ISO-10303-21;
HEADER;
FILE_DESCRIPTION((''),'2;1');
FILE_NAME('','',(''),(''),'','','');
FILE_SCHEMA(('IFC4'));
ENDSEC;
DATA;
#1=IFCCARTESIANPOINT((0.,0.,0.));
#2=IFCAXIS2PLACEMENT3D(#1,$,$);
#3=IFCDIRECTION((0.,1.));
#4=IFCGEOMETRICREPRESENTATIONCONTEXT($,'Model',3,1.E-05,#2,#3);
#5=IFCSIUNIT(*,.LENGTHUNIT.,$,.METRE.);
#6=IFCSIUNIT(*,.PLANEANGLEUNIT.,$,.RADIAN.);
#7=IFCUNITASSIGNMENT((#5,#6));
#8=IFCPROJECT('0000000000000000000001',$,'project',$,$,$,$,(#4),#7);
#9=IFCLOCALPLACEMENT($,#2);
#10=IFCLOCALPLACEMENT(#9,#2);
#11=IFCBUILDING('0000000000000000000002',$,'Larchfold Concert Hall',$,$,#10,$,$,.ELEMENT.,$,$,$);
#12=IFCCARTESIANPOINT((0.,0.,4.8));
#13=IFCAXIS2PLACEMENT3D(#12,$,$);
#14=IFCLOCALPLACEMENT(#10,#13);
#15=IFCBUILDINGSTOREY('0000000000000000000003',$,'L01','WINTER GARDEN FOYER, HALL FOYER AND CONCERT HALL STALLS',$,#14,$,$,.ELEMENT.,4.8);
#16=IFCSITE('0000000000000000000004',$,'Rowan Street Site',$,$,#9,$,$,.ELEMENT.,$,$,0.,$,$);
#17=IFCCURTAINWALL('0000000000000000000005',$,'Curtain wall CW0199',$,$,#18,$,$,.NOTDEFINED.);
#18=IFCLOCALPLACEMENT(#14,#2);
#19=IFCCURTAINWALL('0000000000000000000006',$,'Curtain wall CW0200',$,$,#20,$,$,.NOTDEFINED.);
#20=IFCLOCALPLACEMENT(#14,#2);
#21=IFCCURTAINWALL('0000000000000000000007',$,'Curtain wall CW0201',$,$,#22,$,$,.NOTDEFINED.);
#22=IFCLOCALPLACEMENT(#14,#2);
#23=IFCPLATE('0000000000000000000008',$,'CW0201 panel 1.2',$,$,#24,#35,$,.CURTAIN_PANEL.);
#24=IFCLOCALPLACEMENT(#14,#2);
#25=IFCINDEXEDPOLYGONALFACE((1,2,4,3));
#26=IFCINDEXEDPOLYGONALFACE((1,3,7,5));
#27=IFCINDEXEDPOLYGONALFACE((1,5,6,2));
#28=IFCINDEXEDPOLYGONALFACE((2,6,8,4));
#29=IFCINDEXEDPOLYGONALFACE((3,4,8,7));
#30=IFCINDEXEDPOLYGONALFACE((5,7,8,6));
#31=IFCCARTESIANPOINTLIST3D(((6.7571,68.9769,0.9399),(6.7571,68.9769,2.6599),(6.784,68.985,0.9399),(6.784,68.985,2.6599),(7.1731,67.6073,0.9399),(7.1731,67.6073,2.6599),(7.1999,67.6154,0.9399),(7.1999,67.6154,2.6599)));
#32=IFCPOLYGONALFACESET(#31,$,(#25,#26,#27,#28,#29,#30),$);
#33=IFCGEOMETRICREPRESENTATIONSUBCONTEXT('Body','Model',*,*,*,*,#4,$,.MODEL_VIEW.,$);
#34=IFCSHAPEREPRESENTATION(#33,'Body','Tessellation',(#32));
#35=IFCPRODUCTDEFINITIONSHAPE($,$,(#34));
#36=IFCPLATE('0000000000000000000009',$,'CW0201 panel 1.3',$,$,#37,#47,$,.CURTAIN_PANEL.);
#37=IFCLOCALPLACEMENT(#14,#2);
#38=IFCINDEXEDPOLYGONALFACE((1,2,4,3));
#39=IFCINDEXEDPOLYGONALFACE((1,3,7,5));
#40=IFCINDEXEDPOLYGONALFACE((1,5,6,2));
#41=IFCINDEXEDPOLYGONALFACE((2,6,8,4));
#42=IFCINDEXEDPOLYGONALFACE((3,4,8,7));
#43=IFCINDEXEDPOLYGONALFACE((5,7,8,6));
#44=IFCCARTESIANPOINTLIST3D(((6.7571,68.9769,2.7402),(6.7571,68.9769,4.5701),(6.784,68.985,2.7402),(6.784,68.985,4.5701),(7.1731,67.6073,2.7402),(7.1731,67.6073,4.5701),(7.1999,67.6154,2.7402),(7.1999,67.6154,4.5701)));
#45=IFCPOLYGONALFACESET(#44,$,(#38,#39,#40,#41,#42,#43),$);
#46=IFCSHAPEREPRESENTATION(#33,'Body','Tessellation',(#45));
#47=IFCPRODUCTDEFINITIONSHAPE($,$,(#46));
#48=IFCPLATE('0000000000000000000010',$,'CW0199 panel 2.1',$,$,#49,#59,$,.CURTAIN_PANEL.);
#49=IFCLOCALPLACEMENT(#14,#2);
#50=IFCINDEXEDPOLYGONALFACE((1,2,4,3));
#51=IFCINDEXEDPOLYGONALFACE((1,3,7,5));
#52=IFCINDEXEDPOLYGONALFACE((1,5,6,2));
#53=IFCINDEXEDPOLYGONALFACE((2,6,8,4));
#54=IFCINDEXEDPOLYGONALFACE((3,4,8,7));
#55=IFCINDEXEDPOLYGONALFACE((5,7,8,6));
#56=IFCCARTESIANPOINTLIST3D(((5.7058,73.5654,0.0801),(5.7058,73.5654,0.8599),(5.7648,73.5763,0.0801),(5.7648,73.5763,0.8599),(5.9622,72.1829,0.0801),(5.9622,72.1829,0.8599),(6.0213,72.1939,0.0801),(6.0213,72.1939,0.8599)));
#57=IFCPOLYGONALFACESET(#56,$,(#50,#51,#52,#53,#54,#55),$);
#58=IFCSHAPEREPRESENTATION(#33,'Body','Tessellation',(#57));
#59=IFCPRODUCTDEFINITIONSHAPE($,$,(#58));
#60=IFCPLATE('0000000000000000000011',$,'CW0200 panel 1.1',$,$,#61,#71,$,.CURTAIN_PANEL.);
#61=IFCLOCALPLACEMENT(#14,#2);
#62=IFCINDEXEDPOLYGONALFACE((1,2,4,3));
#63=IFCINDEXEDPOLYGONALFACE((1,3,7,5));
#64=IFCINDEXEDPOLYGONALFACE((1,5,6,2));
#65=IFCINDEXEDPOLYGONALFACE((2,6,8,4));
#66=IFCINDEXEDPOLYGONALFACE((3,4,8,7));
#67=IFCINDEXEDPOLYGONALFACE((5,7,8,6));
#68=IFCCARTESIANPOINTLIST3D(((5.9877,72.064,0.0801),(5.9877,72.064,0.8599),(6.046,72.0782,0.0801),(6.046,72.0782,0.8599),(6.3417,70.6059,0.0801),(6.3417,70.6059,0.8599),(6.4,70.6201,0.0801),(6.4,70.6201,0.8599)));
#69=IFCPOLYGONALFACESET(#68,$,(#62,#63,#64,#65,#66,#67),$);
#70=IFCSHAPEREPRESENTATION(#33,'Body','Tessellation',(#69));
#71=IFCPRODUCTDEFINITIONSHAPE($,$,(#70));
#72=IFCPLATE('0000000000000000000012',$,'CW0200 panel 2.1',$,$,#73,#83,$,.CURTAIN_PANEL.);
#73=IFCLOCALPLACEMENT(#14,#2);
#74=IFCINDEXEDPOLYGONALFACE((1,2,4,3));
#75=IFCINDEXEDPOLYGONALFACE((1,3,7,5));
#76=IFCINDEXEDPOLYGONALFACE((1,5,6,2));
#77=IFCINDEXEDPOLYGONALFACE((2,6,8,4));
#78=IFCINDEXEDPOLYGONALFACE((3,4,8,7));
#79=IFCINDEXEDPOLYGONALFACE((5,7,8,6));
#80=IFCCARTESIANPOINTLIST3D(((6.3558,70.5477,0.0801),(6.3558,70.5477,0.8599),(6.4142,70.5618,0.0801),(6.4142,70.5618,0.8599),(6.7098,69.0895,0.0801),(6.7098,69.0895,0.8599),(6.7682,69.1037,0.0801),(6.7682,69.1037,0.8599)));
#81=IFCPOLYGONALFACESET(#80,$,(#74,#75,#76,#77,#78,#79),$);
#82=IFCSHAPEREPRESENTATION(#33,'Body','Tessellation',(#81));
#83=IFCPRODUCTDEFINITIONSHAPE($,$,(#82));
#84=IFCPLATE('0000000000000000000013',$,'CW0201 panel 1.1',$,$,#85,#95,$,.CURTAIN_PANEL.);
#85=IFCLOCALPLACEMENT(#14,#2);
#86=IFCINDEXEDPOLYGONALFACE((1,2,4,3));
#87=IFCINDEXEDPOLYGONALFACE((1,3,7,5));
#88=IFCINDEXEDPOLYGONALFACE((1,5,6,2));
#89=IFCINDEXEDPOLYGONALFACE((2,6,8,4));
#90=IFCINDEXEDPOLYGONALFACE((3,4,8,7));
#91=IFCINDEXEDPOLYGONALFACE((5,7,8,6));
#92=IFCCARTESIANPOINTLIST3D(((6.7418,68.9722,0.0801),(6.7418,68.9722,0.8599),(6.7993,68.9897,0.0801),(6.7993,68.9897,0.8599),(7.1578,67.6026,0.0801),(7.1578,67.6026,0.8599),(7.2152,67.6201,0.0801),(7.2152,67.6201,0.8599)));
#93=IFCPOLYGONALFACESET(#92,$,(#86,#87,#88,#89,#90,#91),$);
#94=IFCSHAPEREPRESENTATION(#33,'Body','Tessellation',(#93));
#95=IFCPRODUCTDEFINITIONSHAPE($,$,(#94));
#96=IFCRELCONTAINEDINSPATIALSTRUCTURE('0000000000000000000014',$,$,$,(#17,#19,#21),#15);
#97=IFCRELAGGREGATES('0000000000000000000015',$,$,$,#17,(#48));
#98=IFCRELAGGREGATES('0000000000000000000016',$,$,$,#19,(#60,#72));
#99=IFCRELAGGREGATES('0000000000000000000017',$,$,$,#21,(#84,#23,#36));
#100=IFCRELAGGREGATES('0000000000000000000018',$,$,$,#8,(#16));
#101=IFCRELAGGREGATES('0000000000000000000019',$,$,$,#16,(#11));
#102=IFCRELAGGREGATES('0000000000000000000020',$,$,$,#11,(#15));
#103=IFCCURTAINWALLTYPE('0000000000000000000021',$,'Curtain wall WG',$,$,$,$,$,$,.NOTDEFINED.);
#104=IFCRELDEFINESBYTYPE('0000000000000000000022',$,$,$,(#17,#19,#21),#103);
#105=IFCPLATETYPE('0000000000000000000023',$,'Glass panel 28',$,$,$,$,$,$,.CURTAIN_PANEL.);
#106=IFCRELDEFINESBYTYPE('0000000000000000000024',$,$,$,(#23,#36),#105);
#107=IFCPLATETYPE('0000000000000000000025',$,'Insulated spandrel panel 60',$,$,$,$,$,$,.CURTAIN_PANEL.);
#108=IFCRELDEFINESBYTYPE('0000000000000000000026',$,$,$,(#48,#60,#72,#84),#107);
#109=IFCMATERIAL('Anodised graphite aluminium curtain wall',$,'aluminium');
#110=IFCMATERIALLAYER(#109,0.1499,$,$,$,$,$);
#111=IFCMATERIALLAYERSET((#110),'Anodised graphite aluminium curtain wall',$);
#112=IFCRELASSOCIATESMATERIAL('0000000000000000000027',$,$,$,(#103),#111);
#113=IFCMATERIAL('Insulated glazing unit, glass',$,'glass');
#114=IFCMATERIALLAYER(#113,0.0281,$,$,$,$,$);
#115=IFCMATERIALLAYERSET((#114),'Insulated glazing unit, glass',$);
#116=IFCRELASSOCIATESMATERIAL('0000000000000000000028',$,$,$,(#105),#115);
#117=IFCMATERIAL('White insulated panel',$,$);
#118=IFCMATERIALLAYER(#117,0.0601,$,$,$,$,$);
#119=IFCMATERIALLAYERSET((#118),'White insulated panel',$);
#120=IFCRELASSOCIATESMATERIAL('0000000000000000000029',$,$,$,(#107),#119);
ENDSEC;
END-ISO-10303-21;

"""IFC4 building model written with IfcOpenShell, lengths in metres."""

from ifc_helpers import new_model, si_unit, direction, frame, origin, origin_2d, place, context, subcontext, project, spatial, rectangle, extrude, material, layer, layer_set, type_object, element, aggregate, save


model = new_model("IFC4")

# Units and contexts
model_context = context("Model", 3, precision=1e-05, world=origin(), true_north=direction((0.0, 1.0)))
body_context = subcontext(model_context, "Body", "Model", "MODEL_VIEW")
ifc_project = project(units=[si_unit("LENGTHUNIT", "METRE"), si_unit("PLANEANGLEUNIT", "RADIAN")], contexts=[model_context])

# Site, building, storey
site_placement = place(None, origin())
site = spatial("IfcSite", under=ifc_project, at=site_placement, Name="Rowan Street Site", CompositionType="ELEMENT", RefElevation=0.0)
building_placement = place(site_placement, origin())
building = spatial("IfcBuilding", under=site, at=building_placement, Name="Larchfold Concert Hall", CompositionType="ELEMENT")
storey_placement = place(building_placement, frame((0.0, 0.0, 4.8)))
storey = spatial("IfcBuildingStorey", under=building, at=storey_placement, Name="L01", Description="WINTER GARDEN FOYER, HALL FOYER AND CONCERT HALL STALLS", CompositionType="ELEMENT", Elevation=4.8)

# Curtain wall
ifc_material_1 = material(Name="Anodised graphite aluminium curtain wall", Category="aluminium")
ifc_layer_1 = layer(ifc_material_1, 0.1499)
ifc_layer_set_1 = layer_set([ifc_layer_1], Name="Anodised graphite aluminium curtain wall")
curtain_wall_type = type_object("IfcCurtainWallType", Name="Curtain wall WG", PredefinedType="NOTDEFINED", material=ifc_layer_set_1)
curtain_wall_1_placement = place(storey_placement, origin())
curtain_wall_1 = element("IfcCurtainWall", 1, at=curtain_wall_1_placement, inside=storey, type_object=curtain_wall_type, Name="Curtain wall CW0199", PredefinedType="NOTDEFINED")

# Curtain walls
curtain_wall_2_placement = place(storey_placement, origin())
curtain_wall_2 = element("IfcCurtainWall", 2, at=curtain_wall_2_placement, inside=storey, type_object=curtain_wall_type, Name="Curtain wall CW0200", PredefinedType="NOTDEFINED")
curtain_wall_3_placement = place(storey_placement, origin())
curtain_wall_3 = element("IfcCurtainWall", 3, at=curtain_wall_3_placement, inside=storey, type_object=curtain_wall_type, Name="Curtain wall CW0201", PredefinedType="NOTDEFINED")

# Plates
ifc_material_2 = material(Name="Insulated glazing unit, glass", Category="glass")
ifc_layer_2 = layer(ifc_material_2, 0.0281)
ifc_layer_set_2 = layer_set([ifc_layer_2], Name="Insulated glazing unit, glass")
plate_type_1 = type_object("IfcPlateType", Name="Glass panel 28", PredefinedType="CURTAIN_PANEL", material=ifc_layer_set_2)
plate_1_placement = place(storey_placement, frame((6.9785, 68.2961, 0.9399), z_axis=(0.0, 0.0, 1.0), x_axis=(0.290622, -0.956838, 0.0)))
plate_1 = element("IfcPlate", 4, at=plate_1_placement, type_object=plate_type_1, Name="CW0201 panel 1.2", PredefinedType="CURTAIN_PANEL", context=body_context, shape_type="SweptSolid", body=[
    extrude(rectangle(XDim=1.4314, YDim=0.0281, at=origin_2d()), origin(), (0.0, 0.0, 1.0), 1.72),
])
plate_2_placement = place(storey_placement, frame((6.9785, 68.2961, 2.7402), z_axis=(0.0, 0.0, 1.0), x_axis=(0.290622, -0.956838, 0.0)))
plate_2 = element("IfcPlate", 5, at=plate_2_placement, type_object=plate_type_1, Name="CW0201 panel 1.3", PredefinedType="CURTAIN_PANEL", context=body_context, shape_type="SweptSolid", body=[
    extrude(rectangle(XDim=1.4314, YDim=0.0281, at=origin_2d()), origin(), (0.0, 0.0, 1.0), 1.8298),
])
ifc_material_3 = material(Name="White insulated panel")
ifc_layer_3 = layer(ifc_material_3, 0.0601)
ifc_layer_set_3 = layer_set([ifc_layer_3], Name="White insulated panel")
plate_type_2 = type_object("IfcPlateType", Name="Insulated spandrel panel 60", PredefinedType="CURTAIN_PANEL", material=ifc_layer_set_3)
plate_3_placement = place(storey_placement, frame((5.8635, 72.8796, 0.0801), z_axis=(0.0, 0.0, 1.0), x_axis=(0.182367, -0.983231, 0.0)))
plate_3 = element("IfcPlate", 6, at=plate_3_placement, type_object=plate_type_2, Name="CW0199 panel 2.1", PredefinedType="CURTAIN_PANEL", context=body_context, shape_type="SweptSolid", body=[
    extrude(rectangle(XDim=1.406, YDim=0.0601, at=origin_2d()), origin(), (0.0, 0.0, 1.0), 0.7798),
])
aggregate(curtain_wall_1, [plate_3])
plate_4_placement = place(storey_placement, frame((6.1938, 71.342, 0.0801), z_axis=(0.0, 0.0, 1.0), x_axis=(0.235938, -0.971768, 0.0)))
plate_4 = element("IfcPlate", 7, at=plate_4_placement, type_object=plate_type_2, Name="CW0200 panel 1.1", PredefinedType="CURTAIN_PANEL", context=body_context, shape_type="SweptSolid", body=[
    extrude(rectangle(XDim=1.5005, YDim=0.0601, at=origin_2d()), origin(), (0.0, 0.0, 1.0), 0.7798),
])
plate_5_placement = place(storey_placement, frame((6.562, 69.8257, 0.0801), z_axis=(0.0, 0.0, 1.0), x_axis=(0.235938, -0.971768, 0.0)))
plate_5 = element("IfcPlate", 8, at=plate_5_placement, type_object=plate_type_2, Name="CW0200 panel 2.1", PredefinedType="CURTAIN_PANEL", context=body_context, shape_type="SweptSolid", body=[
    extrude(rectangle(XDim=1.5005, YDim=0.0601, at=origin_2d()), origin(), (0.0, 0.0, 1.0), 0.7798),
])
aggregate(curtain_wall_2, [plate_4, plate_5])
plate_6_placement = place(storey_placement, frame((6.9785, 68.2961, 0.0801), z_axis=(0.0, 0.0, 1.0), x_axis=(0.290622, -0.956838, 0.0)))
plate_6 = element("IfcPlate", 9, at=plate_6_placement, type_object=plate_type_2, Name="CW0201 panel 1.1", PredefinedType="CURTAIN_PANEL", context=body_context, shape_type="SweptSolid", body=[
    extrude(rectangle(XDim=1.4314, YDim=0.0601, at=origin_2d()), origin(), (0.0, 0.0, 1.0), 0.7798),
])
aggregate(curtain_wall_3, [plate_6, plate_1, plate_2])

save(model, "model.ifc")
